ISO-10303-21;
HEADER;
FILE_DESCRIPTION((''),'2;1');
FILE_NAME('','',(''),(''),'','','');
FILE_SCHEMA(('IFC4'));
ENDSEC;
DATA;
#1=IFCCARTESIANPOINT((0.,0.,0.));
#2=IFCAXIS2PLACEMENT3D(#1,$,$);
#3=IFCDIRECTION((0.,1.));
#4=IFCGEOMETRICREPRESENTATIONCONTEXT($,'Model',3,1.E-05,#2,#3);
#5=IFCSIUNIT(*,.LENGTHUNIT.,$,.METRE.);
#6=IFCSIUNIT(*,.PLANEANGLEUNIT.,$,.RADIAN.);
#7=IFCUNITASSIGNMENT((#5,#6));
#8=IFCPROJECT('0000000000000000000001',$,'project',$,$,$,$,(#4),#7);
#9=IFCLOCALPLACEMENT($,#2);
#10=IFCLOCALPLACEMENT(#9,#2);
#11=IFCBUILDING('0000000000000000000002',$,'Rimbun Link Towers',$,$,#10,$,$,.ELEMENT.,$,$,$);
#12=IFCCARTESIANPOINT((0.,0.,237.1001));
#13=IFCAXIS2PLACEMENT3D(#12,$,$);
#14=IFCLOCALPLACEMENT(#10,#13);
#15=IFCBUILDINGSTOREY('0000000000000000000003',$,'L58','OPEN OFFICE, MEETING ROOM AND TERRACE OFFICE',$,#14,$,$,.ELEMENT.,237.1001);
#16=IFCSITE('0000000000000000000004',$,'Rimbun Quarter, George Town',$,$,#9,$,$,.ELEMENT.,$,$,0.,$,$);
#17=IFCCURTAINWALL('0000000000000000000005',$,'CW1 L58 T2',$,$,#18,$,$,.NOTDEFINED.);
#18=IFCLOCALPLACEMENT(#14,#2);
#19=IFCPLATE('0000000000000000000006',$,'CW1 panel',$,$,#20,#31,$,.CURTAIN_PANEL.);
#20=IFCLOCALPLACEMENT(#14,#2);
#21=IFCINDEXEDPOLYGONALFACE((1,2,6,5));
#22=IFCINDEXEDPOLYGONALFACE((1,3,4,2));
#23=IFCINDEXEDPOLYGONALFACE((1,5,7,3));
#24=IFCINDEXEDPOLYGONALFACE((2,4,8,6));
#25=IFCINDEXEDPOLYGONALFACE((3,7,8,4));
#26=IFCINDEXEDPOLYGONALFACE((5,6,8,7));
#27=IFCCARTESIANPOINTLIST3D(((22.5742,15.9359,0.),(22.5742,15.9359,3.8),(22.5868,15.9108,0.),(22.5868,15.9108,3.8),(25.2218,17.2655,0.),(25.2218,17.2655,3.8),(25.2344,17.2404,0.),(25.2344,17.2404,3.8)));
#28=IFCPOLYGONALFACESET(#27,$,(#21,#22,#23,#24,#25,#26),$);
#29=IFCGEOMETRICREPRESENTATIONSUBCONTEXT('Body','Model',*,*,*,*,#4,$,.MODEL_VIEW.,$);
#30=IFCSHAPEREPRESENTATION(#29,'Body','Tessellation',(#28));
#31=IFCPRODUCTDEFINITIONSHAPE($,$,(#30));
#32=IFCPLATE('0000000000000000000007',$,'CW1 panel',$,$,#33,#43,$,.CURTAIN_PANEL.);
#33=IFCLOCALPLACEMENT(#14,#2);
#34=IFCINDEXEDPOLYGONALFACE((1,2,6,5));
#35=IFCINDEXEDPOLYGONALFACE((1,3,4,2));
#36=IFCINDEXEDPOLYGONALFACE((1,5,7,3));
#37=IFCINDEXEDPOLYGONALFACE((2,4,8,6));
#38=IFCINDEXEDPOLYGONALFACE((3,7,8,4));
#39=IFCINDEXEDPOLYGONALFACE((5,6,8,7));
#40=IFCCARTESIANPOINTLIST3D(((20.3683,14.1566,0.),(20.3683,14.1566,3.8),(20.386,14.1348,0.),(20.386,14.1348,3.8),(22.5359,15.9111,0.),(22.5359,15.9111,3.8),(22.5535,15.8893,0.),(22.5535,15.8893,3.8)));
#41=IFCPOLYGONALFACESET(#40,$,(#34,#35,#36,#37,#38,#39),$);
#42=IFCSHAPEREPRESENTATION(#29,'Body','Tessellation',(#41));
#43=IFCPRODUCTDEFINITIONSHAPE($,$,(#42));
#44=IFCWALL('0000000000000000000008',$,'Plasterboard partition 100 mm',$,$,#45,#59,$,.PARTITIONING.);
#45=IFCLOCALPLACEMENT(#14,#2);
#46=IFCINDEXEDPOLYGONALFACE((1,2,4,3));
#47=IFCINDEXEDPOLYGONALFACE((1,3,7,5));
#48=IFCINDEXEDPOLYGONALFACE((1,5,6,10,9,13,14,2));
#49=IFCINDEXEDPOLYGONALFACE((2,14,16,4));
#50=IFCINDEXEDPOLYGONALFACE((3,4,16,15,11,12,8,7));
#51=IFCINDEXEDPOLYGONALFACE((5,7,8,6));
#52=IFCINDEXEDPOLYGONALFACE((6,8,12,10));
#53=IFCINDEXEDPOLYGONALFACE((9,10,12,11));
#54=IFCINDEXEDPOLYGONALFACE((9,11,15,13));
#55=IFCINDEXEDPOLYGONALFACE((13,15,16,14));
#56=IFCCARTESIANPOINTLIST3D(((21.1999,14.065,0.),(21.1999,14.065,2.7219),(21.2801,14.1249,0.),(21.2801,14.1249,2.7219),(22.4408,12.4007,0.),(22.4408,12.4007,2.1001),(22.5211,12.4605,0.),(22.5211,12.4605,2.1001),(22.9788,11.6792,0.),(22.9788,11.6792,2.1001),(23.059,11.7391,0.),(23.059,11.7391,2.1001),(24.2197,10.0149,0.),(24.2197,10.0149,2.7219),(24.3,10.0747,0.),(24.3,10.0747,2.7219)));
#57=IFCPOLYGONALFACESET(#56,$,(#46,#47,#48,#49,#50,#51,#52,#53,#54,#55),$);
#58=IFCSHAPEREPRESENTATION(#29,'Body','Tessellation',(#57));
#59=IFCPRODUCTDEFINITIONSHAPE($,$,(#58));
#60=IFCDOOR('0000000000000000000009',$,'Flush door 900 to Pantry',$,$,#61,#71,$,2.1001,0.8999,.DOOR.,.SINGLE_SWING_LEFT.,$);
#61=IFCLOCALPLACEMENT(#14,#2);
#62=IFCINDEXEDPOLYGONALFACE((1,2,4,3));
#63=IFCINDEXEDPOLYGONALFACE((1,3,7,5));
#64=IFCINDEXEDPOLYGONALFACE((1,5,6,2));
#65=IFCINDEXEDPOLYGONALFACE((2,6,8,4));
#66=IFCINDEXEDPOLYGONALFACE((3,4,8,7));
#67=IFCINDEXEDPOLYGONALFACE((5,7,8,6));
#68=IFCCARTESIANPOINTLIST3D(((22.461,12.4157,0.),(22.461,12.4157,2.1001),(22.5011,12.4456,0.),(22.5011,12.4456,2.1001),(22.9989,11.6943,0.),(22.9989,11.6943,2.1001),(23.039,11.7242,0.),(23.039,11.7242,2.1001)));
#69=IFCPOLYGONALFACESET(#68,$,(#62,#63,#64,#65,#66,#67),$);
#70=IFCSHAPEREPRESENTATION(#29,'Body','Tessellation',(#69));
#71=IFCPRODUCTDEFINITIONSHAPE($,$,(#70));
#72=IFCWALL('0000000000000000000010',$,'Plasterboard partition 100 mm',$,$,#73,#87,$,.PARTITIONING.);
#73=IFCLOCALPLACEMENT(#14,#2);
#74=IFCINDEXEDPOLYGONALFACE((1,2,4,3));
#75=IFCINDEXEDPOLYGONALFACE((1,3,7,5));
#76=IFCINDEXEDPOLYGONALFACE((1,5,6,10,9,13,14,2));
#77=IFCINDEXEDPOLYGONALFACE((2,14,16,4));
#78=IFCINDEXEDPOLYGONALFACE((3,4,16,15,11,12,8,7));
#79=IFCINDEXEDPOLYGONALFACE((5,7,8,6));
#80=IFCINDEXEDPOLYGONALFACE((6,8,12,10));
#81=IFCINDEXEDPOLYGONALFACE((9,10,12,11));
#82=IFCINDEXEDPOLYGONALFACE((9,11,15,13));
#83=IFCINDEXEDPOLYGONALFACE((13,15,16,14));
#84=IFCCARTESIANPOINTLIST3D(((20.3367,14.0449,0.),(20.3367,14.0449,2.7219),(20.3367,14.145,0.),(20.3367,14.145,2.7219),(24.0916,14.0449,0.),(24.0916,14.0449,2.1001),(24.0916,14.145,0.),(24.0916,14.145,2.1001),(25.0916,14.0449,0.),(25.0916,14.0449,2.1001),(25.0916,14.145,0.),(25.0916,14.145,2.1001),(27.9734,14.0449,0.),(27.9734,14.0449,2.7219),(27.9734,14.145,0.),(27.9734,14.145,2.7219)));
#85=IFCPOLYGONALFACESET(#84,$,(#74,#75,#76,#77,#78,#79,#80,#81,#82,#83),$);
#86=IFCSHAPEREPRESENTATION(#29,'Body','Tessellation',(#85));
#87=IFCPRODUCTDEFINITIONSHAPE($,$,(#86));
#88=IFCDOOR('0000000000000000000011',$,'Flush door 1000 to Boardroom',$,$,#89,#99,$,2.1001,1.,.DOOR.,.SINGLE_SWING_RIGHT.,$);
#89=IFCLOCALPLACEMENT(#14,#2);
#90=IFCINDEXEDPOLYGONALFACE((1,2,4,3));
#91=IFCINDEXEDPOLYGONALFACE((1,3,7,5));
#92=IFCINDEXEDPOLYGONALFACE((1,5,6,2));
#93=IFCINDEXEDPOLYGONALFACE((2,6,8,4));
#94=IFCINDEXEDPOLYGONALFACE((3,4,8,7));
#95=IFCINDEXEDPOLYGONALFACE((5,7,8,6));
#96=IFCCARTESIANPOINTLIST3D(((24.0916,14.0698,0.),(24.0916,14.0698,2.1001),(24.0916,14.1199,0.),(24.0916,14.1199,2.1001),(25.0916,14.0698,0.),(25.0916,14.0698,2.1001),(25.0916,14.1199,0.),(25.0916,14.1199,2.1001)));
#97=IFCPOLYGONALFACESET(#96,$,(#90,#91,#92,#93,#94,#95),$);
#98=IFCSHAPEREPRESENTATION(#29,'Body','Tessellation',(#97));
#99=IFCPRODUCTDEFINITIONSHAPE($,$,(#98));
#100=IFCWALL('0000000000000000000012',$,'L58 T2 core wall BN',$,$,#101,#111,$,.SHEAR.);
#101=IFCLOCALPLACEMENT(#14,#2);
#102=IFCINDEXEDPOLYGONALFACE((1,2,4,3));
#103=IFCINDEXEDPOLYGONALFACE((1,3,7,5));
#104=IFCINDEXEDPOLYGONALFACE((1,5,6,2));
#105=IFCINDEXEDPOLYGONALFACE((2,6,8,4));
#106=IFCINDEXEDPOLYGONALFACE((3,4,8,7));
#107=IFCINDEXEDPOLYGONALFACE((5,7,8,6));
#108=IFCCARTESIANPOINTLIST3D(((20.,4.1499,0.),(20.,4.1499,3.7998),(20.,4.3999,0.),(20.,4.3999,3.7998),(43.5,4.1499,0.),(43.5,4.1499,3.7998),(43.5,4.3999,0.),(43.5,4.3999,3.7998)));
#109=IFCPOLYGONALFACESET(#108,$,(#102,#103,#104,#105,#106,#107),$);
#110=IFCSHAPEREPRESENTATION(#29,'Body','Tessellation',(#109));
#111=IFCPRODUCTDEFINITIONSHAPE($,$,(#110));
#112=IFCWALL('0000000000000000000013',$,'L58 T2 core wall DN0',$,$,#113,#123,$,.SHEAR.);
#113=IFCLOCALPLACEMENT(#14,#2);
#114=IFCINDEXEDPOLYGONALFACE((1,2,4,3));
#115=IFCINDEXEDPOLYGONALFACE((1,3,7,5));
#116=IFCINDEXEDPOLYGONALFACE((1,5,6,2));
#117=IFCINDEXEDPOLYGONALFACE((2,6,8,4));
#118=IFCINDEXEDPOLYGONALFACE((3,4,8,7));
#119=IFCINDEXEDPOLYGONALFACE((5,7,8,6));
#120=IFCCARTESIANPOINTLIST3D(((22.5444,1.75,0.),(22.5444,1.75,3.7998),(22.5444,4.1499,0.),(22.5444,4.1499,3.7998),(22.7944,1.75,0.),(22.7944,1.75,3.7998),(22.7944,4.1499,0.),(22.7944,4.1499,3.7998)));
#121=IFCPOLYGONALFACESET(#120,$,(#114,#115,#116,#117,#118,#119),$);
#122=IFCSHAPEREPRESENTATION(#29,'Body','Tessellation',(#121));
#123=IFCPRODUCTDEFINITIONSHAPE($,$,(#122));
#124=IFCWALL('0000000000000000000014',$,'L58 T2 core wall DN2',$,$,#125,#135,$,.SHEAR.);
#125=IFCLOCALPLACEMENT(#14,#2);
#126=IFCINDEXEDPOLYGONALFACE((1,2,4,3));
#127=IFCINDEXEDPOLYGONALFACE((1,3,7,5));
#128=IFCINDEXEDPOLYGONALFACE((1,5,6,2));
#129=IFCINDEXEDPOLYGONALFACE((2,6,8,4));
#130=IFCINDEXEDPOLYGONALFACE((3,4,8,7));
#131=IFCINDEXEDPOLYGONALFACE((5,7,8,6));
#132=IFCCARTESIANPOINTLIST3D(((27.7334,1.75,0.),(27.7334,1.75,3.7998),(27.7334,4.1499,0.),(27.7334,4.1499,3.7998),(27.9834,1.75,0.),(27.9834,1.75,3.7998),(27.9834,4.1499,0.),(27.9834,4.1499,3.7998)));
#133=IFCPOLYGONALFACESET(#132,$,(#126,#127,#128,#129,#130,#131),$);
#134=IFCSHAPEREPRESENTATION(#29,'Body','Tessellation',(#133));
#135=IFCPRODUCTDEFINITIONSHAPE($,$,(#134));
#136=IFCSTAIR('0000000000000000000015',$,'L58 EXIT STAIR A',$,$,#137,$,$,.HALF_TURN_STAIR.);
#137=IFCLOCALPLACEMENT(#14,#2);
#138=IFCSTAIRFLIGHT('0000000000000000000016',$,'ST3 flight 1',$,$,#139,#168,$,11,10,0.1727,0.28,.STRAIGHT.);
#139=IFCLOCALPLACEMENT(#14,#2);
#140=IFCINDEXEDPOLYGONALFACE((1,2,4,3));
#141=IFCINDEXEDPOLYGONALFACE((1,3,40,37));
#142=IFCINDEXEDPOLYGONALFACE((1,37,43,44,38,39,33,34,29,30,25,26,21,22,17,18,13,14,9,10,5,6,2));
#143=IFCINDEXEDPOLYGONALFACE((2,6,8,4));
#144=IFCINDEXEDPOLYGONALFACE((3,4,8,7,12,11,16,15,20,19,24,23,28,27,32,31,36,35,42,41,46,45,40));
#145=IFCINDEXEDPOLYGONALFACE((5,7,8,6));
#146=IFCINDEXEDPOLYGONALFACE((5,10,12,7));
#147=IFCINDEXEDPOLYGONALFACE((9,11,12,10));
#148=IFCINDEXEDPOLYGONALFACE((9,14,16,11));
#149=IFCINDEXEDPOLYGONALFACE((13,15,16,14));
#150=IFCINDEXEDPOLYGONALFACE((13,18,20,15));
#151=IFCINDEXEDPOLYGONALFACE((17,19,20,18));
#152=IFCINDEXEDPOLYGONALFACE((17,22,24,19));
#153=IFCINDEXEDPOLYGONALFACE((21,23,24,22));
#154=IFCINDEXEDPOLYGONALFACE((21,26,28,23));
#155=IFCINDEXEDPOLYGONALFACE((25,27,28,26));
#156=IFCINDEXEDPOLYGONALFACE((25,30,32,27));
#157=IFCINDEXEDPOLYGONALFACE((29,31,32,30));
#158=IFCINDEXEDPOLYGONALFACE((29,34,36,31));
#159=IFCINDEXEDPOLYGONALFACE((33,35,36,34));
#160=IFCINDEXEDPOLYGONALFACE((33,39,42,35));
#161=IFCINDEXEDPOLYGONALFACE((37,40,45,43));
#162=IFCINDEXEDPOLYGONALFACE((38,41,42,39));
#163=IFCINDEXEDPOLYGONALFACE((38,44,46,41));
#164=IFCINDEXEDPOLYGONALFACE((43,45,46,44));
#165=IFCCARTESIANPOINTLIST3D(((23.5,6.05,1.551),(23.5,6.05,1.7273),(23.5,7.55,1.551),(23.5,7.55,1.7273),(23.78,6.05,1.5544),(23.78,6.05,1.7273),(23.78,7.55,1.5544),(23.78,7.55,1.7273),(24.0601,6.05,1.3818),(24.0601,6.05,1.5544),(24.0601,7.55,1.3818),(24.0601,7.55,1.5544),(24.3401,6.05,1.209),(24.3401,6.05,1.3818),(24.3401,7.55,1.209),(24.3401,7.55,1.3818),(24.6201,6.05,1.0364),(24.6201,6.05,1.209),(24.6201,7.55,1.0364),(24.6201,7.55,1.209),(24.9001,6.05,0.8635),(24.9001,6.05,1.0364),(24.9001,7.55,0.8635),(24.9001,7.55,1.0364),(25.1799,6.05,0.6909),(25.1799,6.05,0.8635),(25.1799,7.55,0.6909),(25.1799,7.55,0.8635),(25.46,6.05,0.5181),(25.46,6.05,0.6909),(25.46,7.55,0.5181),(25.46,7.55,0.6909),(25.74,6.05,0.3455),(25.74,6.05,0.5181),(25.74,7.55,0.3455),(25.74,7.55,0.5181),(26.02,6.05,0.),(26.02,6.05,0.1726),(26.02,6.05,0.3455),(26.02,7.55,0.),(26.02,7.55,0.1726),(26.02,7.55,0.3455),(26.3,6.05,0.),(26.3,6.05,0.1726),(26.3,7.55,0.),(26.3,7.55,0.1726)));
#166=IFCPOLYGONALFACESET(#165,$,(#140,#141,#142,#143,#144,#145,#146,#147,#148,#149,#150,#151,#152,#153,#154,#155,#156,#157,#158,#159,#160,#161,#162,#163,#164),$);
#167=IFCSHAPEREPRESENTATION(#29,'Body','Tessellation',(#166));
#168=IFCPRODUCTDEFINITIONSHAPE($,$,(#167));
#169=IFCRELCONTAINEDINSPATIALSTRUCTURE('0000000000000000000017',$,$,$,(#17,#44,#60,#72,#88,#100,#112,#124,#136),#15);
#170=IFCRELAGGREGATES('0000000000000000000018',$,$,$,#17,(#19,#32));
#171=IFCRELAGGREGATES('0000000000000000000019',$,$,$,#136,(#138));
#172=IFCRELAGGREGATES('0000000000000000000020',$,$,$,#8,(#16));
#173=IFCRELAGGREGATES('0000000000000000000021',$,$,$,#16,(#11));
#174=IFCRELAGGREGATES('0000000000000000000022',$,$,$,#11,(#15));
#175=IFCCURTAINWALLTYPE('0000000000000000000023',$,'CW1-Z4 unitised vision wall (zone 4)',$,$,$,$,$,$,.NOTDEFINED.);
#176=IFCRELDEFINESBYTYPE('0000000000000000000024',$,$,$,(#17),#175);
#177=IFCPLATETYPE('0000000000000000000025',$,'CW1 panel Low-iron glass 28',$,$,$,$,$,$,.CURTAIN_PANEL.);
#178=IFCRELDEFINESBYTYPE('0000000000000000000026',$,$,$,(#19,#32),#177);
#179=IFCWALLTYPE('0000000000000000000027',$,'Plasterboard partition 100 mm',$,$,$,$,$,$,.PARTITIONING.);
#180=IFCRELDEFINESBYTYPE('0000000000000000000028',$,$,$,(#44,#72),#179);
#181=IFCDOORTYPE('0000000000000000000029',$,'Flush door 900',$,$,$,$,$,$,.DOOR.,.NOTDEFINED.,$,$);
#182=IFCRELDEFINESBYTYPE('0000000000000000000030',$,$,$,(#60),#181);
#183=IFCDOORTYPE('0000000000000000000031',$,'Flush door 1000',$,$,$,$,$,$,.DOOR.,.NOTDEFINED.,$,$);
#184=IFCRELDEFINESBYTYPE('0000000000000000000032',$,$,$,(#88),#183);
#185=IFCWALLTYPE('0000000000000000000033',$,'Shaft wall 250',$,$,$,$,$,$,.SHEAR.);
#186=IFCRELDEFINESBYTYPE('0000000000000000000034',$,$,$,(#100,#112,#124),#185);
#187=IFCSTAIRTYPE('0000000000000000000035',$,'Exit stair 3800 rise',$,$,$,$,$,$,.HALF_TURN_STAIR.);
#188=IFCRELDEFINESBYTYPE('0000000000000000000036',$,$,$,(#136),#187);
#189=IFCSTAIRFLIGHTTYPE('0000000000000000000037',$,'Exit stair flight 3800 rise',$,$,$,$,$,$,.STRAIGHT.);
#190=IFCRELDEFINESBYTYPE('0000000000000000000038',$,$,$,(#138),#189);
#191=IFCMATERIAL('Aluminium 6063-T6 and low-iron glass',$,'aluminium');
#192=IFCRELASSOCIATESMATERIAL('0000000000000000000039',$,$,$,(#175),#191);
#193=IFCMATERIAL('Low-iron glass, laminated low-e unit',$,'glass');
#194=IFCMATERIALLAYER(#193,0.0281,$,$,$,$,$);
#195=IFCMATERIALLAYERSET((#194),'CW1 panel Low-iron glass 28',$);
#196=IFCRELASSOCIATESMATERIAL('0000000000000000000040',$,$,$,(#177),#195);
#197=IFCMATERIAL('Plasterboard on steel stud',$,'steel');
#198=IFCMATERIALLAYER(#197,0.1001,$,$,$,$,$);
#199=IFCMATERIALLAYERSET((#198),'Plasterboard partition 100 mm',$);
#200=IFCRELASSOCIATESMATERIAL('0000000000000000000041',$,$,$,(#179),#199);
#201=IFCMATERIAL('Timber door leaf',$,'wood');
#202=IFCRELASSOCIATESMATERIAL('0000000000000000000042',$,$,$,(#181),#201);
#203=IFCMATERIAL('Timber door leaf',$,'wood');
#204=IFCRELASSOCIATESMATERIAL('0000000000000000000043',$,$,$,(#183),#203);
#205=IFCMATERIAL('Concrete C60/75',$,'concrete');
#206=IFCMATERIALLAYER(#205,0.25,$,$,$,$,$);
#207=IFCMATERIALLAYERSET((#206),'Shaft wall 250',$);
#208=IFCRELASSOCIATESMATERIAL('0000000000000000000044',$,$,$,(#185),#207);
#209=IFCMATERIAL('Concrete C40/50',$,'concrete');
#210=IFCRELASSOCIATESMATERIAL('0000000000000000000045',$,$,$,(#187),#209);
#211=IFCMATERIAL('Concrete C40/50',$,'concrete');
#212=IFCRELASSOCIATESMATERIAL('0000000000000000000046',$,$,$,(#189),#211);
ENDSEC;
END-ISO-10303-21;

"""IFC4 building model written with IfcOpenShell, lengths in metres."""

from ifc_helpers import new_model, si_unit, direction, frame, frame_2d, origin, origin_2d, place, context, subcontext, project, spatial, polyline, rectangle, outline, extrude, material, layer, layer_set, type_object, element, fill, aggregate, save


model = new_model("IFC4")

# Units and contexts
model_context = context("Model", 3, precision=1e-05, world=origin(), true_north=direction((0.0, 1.0)))
body_context = subcontext(model_context, "Body", "Model", "MODEL_VIEW")
ifc_project = project(units=[si_unit("LENGTHUNIT", "METRE"), si_unit("PLANEANGLEUNIT", "RADIAN")], contexts=[model_context])

# Site, building, storey
site_placement = place(None, origin())
site = spatial("IfcSite", under=ifc_project, at=site_placement, Name="Rimbun Quarter, George Town", CompositionType="ELEMENT", RefElevation=0.0)
building_placement = place(site_placement, origin())
building = spatial("IfcBuilding", under=site, at=building_placement, Name="Rimbun Link Towers", CompositionType="ELEMENT")
storey_placement = place(building_placement, frame((0.0, 0.0, 237.1001)))
storey = spatial("IfcBuildingStorey", under=building, at=storey_placement, Name="L58", Description="OPEN OFFICE, MEETING ROOM AND TERRACE OFFICE", CompositionType="ELEMENT", Elevation=237.1001)

# Curtain wall
ifc_material_1 = material(Name="Aluminium 6063-T6 and low-iron glass", Category="aluminium")
curtain_wall_type = type_object("IfcCurtainWallType", Name="CW1-Z4 unitised vision wall (zone 4)", PredefinedType="NOTDEFINED", material=ifc_material_1)
curtain_wall_placement = place(storey_placement, origin())
curtain_wall = element("IfcCurtainWall", 1, at=curtain_wall_placement, inside=storey, type_object=curtain_wall_type, Name="CW1 L58 T2", PredefinedType="NOTDEFINED")

# Plates
ifc_material_2 = material(Name="Low-iron glass, laminated low-e unit", Category="glass")
ifc_layer_1 = layer(ifc_material_2, 0.0281)
ifc_layer_set_1 = layer_set([ifc_layer_1], Name="CW1 panel Low-iron glass 28")
plate_type = type_object("IfcPlateType", Name="CW1 panel Low-iron glass 28", PredefinedType="CURTAIN_PANEL", material=ifc_layer_set_1)
plate_1_placement = place(storey_placement, frame((23.9043, 16.5881, 0.0), z_axis=(0.0, 0.0, 1.0), x_axis=(0.893643, 0.448779, 0.0)))
plate_1 = element("IfcPlate", 2, at=plate_1_placement, type_object=plate_type, Name="CW1 panel", PredefinedType="CURTAIN_PANEL", context=body_context, shape_type="SweptSolid", body=[
    extrude(rectangle(XDim=2.9626, YDim=0.0281, at=origin_2d()), origin(), (0.0, 0.0, 1.0), 3.8),
])
plate_2_placement = place(storey_placement, frame((21.4609, 15.0229, 0.0), z_axis=(0.0, 0.0, 1.0), x_axis=(0.777285, 0.629148, 0.0)))
plate_2 = element("IfcPlate", 3, at=plate_2_placement, type_object=plate_type, Name="CW1 panel", PredefinedType="CURTAIN_PANEL", context=body_context, shape_type="SweptSolid", body=[
    extrude(rectangle(XDim=2.7886, YDim=0.0281, at=origin_2d()), origin(), (0.0, 0.0, 1.0), 3.8),
])
aggregate(curtain_wall, [plate_1, plate_2])

# Walls, openings, doors
ifc_material_3 = material(Name="Plasterboard on steel stud", Category="steel")
ifc_layer_2 = layer(ifc_material_3, 0.1001)
ifc_layer_set_2 = layer_set([ifc_layer_2], Name="Plasterboard partition 100 mm")
wall_type_1 = type_object("IfcWallType", Name="Plasterboard partition 100 mm", PredefinedType="PARTITIONING", material=ifc_layer_set_2)
wall_1_placement = place(storey_placement, frame((24.2598, 10.0449, 0.0), z_axis=(0.0, 0.0, 1.0), x_axis=(-0.597748, 0.801684, 0.0)))
wall_1 = element("IfcWall", 4, at=wall_1_placement, inside=storey, type_object=wall_type_1, Name="Plasterboard partition 100 mm", PredefinedType="PARTITIONING", context=body_context, shape_type="SweptSolid", body=[
    extrude(rectangle(XDim=5.052, YDim=0.1001, at=frame_2d((2.5259, 0.0))), origin(), (0.0, 0.0, 1.0), 2.7219),
])
opening_1_placement = place(wall_1_placement, frame((2.0759, 0.0, 0.0)))
opening_1 = element("IfcOpeningElement", 5, at=opening_1_placement, cuts=wall_1, PredefinedType="OPENING", context=body_context, shape_type="SweptSolid", body=[
    extrude(rectangle(XDim=0.8999, YDim=2.1001, at=frame_2d((0.45, 1.05))), frame((0.0, 0.0601, 0.0), z_axis=(0.0, -1.0, 0.0), x_axis=(1.0, 0.0, 0.0)), (0.0, 0.0, 1.0), 0.1201),
])
ifc_material_4 = material(Name="Timber door leaf", Category="wood")
door_type_1 = type_object("IfcDoorType", Name="Flush door 900", OperationType="NOTDEFINED", PredefinedType="DOOR", material=ifc_material_4)
door_1_placement = place(opening_1_placement, origin())
door_1 = element("IfcDoor", 6, at=door_1_placement, inside=storey, type_object=door_type_1, Name="Flush door 900 to Pantry", OperationType="SINGLE_SWING_LEFT", OverallHeight=2.1001, OverallWidth=0.8999, PredefinedType="DOOR", context=body_context, shape_type="SweptSolid", body=[
    extrude(rectangle(XDim=0.8999, YDim=2.1001, at=frame_2d((0.45, 1.05))), frame((0.0, 0.0249, 0.0), z_axis=(0.0, -1.0, 0.0), x_axis=(1.0, 0.0, 0.0)), (0.0, 0.0, 1.0), 0.05),
])
fill(opening_1, door_1)
wall_2_placement = place(storey_placement, frame((20.3367, 14.095, 0.0), z_axis=(0.0, 0.0, 1.0), x_axis=(1.0, 0.0, 0.0)))
wall_2 = element("IfcWall", 7, at=wall_2_placement, inside=storey, type_object=wall_type_1, Name="Plasterboard partition 100 mm", PredefinedType="PARTITIONING", context=body_context, shape_type="SweptSolid", body=[
    extrude(rectangle(XDim=7.6367, YDim=0.1001, at=frame_2d((3.8184, 0.0))), origin(), (0.0, 0.0, 1.0), 2.7219),
])
opening_2_placement = place(wall_2_placement, frame((3.7549, 0.0, 0.0)))
opening_2 = element("IfcOpeningElement", 8, at=opening_2_placement, cuts=wall_2, PredefinedType="OPENING", context=body_context, shape_type="SweptSolid", body=[
    extrude(rectangle(XDim=1.0, YDim=2.1001, at=frame_2d((0.5, 1.05))), frame((0.0, 0.0601, 0.0), z_axis=(0.0, -1.0, 0.0), x_axis=(1.0, 0.0, 0.0)), (0.0, 0.0, 1.0), 0.1201),
])
ifc_material_5 = material(Name="Timber door leaf", Category="wood")
door_type_2 = type_object("IfcDoorType", Name="Flush door 1000", OperationType="NOTDEFINED", PredefinedType="DOOR", material=ifc_material_5)
door_2_placement = place(opening_2_placement, origin())
door_2 = element("IfcDoor", 9, at=door_2_placement, inside=storey, type_object=door_type_2, Name="Flush door 1000 to Boardroom", OperationType="SINGLE_SWING_RIGHT", OverallHeight=2.1001, OverallWidth=1.0, PredefinedType="DOOR", context=body_context, shape_type="SweptSolid", body=[
    extrude(rectangle(XDim=1.0, YDim=2.1001, at=frame_2d((0.5, 1.05))), frame((0.0, 0.0249, 0.0), z_axis=(0.0, -1.0, 0.0), x_axis=(1.0, 0.0, 0.0)), (0.0, 0.0, 1.0), 0.05),
])
fill(opening_2, door_2)

# Walls
ifc_material_6 = material(Name="Concrete C60/75", Category="concrete")
ifc_layer_3 = layer(ifc_material_6, 0.25)
ifc_layer_set_3 = layer_set([ifc_layer_3], Name="Shaft wall 250")
wall_type_2 = type_object("IfcWallType", Name="Shaft wall 250", PredefinedType="SHEAR", material=ifc_layer_set_3)
wall_3_placement = place(storey_placement, frame((20.0, 4.2749, 0.0), z_axis=(0.0, 0.0, 1.0), x_axis=(1.0, 0.0, 0.0)))
element("IfcWall", 10, at=wall_3_placement, inside=storey, type_object=wall_type_2, Name="L58 T2 core wall BN", PredefinedType="SHEAR", context=body_context, shape_type="SweptSolid", body=[
    extrude(rectangle(XDim=23.5, YDim=0.25, at=frame_2d((11.75, 0.0))), origin(), (0.0, 0.0, 1.0), 3.7998),
])
for number, where, z_axis, x_axis, name in (
    (11, (22.6694, 1.75, 0.0), (0.0, 0.0, 1.0), (0.0, 1.0, 0.0), "L58 T2 core wall DN0"),
    (12, (27.8584, 1.75, 0.0), (0.0, 0.0, 1.0), (0.0, 1.0, 0.0), "L58 T2 core wall DN2"),
):
    element("IfcWall", number, at=place(storey_placement, frame(where, z_axis=z_axis, x_axis=x_axis)), inside=storey, type_object=wall_type_2, Name=name, PredefinedType="SHEAR", context=body_context, shape_type="SweptSolid", body=[
        extrude(rectangle(XDim=2.3999, YDim=0.25, at=frame_2d((1.2, 0.0))), origin(), (0.0, 0.0, 1.0), 3.7998),
    ])

# Stair, stair flight
ifc_material_7 = material(Name="Concrete C40/50", Category="concrete")
stair_type = type_object("IfcStairType", Name="Exit stair 3800 rise", PredefinedType="HALF_TURN_STAIR", material=ifc_material_7)
stair_placement = place(storey_placement, origin())
stair = element("IfcStair", 13, at=stair_placement, inside=storey, type_object=stair_type, Name="L58 EXIT STAIR A", PredefinedType="HALF_TURN_STAIR")
ifc_material_8 = material(Name="Concrete C40/50", Category="concrete")
stair_flight_type = type_object("IfcStairFlightType", Name="Exit stair flight 3800 rise", PredefinedType="STRAIGHT", material=ifc_material_8)
stair_flight_1_placement = place(storey_placement, frame((26.3, 6.8, 0.0), z_axis=(0.0, 0.0, 1.0), x_axis=(-1.0, 0.0, 0.0)))
stair_flight_1 = element("IfcStairFlight", 14, at=stair_flight_1_placement, type_object=stair_flight_type, Name="ST3 flight 1", NumberOfRisers=11, NumberOfTreads=10, PredefinedType="STRAIGHT", RiserHeight=0.1727, TreadLength=0.28, context=body_context, shape_type="SweptSolid", body=[
    extrude(outline(polyline([(0.0, 0.0), (0.0, 0.1726), (0.28, 0.1726), (0.28, 0.3455), (0.5601, 0.3455), (0.5601, 0.5181), (0.8401, 0.5181), (0.8401, 0.6909), (1.1201, 0.6909), (1.1201, 0.8635), (1.3999, 0.8635), (1.3999, 1.0364), (1.6799, 1.0364), (1.6799, 1.209), (1.96, 1.209), (1.96, 1.3818), (2.24, 1.3818), (2.24, 1.5544), (2.52, 1.5544), (2.52, 1.7273), (2.8, 1.7273), (2.8, 1.8999), (2.8, 1.551), (0.28, 0.0), (0.0, 0.0)])), frame((0.0, 0.75, 0.0), z_axis=(0.0, -1.0, 0.0), x_axis=(1.0, 0.0, 0.0)), (0.0, 0.0, 1.0), 1.5),
])
aggregate(stair, [stair_flight_1])

save(model, "model.ifc")
